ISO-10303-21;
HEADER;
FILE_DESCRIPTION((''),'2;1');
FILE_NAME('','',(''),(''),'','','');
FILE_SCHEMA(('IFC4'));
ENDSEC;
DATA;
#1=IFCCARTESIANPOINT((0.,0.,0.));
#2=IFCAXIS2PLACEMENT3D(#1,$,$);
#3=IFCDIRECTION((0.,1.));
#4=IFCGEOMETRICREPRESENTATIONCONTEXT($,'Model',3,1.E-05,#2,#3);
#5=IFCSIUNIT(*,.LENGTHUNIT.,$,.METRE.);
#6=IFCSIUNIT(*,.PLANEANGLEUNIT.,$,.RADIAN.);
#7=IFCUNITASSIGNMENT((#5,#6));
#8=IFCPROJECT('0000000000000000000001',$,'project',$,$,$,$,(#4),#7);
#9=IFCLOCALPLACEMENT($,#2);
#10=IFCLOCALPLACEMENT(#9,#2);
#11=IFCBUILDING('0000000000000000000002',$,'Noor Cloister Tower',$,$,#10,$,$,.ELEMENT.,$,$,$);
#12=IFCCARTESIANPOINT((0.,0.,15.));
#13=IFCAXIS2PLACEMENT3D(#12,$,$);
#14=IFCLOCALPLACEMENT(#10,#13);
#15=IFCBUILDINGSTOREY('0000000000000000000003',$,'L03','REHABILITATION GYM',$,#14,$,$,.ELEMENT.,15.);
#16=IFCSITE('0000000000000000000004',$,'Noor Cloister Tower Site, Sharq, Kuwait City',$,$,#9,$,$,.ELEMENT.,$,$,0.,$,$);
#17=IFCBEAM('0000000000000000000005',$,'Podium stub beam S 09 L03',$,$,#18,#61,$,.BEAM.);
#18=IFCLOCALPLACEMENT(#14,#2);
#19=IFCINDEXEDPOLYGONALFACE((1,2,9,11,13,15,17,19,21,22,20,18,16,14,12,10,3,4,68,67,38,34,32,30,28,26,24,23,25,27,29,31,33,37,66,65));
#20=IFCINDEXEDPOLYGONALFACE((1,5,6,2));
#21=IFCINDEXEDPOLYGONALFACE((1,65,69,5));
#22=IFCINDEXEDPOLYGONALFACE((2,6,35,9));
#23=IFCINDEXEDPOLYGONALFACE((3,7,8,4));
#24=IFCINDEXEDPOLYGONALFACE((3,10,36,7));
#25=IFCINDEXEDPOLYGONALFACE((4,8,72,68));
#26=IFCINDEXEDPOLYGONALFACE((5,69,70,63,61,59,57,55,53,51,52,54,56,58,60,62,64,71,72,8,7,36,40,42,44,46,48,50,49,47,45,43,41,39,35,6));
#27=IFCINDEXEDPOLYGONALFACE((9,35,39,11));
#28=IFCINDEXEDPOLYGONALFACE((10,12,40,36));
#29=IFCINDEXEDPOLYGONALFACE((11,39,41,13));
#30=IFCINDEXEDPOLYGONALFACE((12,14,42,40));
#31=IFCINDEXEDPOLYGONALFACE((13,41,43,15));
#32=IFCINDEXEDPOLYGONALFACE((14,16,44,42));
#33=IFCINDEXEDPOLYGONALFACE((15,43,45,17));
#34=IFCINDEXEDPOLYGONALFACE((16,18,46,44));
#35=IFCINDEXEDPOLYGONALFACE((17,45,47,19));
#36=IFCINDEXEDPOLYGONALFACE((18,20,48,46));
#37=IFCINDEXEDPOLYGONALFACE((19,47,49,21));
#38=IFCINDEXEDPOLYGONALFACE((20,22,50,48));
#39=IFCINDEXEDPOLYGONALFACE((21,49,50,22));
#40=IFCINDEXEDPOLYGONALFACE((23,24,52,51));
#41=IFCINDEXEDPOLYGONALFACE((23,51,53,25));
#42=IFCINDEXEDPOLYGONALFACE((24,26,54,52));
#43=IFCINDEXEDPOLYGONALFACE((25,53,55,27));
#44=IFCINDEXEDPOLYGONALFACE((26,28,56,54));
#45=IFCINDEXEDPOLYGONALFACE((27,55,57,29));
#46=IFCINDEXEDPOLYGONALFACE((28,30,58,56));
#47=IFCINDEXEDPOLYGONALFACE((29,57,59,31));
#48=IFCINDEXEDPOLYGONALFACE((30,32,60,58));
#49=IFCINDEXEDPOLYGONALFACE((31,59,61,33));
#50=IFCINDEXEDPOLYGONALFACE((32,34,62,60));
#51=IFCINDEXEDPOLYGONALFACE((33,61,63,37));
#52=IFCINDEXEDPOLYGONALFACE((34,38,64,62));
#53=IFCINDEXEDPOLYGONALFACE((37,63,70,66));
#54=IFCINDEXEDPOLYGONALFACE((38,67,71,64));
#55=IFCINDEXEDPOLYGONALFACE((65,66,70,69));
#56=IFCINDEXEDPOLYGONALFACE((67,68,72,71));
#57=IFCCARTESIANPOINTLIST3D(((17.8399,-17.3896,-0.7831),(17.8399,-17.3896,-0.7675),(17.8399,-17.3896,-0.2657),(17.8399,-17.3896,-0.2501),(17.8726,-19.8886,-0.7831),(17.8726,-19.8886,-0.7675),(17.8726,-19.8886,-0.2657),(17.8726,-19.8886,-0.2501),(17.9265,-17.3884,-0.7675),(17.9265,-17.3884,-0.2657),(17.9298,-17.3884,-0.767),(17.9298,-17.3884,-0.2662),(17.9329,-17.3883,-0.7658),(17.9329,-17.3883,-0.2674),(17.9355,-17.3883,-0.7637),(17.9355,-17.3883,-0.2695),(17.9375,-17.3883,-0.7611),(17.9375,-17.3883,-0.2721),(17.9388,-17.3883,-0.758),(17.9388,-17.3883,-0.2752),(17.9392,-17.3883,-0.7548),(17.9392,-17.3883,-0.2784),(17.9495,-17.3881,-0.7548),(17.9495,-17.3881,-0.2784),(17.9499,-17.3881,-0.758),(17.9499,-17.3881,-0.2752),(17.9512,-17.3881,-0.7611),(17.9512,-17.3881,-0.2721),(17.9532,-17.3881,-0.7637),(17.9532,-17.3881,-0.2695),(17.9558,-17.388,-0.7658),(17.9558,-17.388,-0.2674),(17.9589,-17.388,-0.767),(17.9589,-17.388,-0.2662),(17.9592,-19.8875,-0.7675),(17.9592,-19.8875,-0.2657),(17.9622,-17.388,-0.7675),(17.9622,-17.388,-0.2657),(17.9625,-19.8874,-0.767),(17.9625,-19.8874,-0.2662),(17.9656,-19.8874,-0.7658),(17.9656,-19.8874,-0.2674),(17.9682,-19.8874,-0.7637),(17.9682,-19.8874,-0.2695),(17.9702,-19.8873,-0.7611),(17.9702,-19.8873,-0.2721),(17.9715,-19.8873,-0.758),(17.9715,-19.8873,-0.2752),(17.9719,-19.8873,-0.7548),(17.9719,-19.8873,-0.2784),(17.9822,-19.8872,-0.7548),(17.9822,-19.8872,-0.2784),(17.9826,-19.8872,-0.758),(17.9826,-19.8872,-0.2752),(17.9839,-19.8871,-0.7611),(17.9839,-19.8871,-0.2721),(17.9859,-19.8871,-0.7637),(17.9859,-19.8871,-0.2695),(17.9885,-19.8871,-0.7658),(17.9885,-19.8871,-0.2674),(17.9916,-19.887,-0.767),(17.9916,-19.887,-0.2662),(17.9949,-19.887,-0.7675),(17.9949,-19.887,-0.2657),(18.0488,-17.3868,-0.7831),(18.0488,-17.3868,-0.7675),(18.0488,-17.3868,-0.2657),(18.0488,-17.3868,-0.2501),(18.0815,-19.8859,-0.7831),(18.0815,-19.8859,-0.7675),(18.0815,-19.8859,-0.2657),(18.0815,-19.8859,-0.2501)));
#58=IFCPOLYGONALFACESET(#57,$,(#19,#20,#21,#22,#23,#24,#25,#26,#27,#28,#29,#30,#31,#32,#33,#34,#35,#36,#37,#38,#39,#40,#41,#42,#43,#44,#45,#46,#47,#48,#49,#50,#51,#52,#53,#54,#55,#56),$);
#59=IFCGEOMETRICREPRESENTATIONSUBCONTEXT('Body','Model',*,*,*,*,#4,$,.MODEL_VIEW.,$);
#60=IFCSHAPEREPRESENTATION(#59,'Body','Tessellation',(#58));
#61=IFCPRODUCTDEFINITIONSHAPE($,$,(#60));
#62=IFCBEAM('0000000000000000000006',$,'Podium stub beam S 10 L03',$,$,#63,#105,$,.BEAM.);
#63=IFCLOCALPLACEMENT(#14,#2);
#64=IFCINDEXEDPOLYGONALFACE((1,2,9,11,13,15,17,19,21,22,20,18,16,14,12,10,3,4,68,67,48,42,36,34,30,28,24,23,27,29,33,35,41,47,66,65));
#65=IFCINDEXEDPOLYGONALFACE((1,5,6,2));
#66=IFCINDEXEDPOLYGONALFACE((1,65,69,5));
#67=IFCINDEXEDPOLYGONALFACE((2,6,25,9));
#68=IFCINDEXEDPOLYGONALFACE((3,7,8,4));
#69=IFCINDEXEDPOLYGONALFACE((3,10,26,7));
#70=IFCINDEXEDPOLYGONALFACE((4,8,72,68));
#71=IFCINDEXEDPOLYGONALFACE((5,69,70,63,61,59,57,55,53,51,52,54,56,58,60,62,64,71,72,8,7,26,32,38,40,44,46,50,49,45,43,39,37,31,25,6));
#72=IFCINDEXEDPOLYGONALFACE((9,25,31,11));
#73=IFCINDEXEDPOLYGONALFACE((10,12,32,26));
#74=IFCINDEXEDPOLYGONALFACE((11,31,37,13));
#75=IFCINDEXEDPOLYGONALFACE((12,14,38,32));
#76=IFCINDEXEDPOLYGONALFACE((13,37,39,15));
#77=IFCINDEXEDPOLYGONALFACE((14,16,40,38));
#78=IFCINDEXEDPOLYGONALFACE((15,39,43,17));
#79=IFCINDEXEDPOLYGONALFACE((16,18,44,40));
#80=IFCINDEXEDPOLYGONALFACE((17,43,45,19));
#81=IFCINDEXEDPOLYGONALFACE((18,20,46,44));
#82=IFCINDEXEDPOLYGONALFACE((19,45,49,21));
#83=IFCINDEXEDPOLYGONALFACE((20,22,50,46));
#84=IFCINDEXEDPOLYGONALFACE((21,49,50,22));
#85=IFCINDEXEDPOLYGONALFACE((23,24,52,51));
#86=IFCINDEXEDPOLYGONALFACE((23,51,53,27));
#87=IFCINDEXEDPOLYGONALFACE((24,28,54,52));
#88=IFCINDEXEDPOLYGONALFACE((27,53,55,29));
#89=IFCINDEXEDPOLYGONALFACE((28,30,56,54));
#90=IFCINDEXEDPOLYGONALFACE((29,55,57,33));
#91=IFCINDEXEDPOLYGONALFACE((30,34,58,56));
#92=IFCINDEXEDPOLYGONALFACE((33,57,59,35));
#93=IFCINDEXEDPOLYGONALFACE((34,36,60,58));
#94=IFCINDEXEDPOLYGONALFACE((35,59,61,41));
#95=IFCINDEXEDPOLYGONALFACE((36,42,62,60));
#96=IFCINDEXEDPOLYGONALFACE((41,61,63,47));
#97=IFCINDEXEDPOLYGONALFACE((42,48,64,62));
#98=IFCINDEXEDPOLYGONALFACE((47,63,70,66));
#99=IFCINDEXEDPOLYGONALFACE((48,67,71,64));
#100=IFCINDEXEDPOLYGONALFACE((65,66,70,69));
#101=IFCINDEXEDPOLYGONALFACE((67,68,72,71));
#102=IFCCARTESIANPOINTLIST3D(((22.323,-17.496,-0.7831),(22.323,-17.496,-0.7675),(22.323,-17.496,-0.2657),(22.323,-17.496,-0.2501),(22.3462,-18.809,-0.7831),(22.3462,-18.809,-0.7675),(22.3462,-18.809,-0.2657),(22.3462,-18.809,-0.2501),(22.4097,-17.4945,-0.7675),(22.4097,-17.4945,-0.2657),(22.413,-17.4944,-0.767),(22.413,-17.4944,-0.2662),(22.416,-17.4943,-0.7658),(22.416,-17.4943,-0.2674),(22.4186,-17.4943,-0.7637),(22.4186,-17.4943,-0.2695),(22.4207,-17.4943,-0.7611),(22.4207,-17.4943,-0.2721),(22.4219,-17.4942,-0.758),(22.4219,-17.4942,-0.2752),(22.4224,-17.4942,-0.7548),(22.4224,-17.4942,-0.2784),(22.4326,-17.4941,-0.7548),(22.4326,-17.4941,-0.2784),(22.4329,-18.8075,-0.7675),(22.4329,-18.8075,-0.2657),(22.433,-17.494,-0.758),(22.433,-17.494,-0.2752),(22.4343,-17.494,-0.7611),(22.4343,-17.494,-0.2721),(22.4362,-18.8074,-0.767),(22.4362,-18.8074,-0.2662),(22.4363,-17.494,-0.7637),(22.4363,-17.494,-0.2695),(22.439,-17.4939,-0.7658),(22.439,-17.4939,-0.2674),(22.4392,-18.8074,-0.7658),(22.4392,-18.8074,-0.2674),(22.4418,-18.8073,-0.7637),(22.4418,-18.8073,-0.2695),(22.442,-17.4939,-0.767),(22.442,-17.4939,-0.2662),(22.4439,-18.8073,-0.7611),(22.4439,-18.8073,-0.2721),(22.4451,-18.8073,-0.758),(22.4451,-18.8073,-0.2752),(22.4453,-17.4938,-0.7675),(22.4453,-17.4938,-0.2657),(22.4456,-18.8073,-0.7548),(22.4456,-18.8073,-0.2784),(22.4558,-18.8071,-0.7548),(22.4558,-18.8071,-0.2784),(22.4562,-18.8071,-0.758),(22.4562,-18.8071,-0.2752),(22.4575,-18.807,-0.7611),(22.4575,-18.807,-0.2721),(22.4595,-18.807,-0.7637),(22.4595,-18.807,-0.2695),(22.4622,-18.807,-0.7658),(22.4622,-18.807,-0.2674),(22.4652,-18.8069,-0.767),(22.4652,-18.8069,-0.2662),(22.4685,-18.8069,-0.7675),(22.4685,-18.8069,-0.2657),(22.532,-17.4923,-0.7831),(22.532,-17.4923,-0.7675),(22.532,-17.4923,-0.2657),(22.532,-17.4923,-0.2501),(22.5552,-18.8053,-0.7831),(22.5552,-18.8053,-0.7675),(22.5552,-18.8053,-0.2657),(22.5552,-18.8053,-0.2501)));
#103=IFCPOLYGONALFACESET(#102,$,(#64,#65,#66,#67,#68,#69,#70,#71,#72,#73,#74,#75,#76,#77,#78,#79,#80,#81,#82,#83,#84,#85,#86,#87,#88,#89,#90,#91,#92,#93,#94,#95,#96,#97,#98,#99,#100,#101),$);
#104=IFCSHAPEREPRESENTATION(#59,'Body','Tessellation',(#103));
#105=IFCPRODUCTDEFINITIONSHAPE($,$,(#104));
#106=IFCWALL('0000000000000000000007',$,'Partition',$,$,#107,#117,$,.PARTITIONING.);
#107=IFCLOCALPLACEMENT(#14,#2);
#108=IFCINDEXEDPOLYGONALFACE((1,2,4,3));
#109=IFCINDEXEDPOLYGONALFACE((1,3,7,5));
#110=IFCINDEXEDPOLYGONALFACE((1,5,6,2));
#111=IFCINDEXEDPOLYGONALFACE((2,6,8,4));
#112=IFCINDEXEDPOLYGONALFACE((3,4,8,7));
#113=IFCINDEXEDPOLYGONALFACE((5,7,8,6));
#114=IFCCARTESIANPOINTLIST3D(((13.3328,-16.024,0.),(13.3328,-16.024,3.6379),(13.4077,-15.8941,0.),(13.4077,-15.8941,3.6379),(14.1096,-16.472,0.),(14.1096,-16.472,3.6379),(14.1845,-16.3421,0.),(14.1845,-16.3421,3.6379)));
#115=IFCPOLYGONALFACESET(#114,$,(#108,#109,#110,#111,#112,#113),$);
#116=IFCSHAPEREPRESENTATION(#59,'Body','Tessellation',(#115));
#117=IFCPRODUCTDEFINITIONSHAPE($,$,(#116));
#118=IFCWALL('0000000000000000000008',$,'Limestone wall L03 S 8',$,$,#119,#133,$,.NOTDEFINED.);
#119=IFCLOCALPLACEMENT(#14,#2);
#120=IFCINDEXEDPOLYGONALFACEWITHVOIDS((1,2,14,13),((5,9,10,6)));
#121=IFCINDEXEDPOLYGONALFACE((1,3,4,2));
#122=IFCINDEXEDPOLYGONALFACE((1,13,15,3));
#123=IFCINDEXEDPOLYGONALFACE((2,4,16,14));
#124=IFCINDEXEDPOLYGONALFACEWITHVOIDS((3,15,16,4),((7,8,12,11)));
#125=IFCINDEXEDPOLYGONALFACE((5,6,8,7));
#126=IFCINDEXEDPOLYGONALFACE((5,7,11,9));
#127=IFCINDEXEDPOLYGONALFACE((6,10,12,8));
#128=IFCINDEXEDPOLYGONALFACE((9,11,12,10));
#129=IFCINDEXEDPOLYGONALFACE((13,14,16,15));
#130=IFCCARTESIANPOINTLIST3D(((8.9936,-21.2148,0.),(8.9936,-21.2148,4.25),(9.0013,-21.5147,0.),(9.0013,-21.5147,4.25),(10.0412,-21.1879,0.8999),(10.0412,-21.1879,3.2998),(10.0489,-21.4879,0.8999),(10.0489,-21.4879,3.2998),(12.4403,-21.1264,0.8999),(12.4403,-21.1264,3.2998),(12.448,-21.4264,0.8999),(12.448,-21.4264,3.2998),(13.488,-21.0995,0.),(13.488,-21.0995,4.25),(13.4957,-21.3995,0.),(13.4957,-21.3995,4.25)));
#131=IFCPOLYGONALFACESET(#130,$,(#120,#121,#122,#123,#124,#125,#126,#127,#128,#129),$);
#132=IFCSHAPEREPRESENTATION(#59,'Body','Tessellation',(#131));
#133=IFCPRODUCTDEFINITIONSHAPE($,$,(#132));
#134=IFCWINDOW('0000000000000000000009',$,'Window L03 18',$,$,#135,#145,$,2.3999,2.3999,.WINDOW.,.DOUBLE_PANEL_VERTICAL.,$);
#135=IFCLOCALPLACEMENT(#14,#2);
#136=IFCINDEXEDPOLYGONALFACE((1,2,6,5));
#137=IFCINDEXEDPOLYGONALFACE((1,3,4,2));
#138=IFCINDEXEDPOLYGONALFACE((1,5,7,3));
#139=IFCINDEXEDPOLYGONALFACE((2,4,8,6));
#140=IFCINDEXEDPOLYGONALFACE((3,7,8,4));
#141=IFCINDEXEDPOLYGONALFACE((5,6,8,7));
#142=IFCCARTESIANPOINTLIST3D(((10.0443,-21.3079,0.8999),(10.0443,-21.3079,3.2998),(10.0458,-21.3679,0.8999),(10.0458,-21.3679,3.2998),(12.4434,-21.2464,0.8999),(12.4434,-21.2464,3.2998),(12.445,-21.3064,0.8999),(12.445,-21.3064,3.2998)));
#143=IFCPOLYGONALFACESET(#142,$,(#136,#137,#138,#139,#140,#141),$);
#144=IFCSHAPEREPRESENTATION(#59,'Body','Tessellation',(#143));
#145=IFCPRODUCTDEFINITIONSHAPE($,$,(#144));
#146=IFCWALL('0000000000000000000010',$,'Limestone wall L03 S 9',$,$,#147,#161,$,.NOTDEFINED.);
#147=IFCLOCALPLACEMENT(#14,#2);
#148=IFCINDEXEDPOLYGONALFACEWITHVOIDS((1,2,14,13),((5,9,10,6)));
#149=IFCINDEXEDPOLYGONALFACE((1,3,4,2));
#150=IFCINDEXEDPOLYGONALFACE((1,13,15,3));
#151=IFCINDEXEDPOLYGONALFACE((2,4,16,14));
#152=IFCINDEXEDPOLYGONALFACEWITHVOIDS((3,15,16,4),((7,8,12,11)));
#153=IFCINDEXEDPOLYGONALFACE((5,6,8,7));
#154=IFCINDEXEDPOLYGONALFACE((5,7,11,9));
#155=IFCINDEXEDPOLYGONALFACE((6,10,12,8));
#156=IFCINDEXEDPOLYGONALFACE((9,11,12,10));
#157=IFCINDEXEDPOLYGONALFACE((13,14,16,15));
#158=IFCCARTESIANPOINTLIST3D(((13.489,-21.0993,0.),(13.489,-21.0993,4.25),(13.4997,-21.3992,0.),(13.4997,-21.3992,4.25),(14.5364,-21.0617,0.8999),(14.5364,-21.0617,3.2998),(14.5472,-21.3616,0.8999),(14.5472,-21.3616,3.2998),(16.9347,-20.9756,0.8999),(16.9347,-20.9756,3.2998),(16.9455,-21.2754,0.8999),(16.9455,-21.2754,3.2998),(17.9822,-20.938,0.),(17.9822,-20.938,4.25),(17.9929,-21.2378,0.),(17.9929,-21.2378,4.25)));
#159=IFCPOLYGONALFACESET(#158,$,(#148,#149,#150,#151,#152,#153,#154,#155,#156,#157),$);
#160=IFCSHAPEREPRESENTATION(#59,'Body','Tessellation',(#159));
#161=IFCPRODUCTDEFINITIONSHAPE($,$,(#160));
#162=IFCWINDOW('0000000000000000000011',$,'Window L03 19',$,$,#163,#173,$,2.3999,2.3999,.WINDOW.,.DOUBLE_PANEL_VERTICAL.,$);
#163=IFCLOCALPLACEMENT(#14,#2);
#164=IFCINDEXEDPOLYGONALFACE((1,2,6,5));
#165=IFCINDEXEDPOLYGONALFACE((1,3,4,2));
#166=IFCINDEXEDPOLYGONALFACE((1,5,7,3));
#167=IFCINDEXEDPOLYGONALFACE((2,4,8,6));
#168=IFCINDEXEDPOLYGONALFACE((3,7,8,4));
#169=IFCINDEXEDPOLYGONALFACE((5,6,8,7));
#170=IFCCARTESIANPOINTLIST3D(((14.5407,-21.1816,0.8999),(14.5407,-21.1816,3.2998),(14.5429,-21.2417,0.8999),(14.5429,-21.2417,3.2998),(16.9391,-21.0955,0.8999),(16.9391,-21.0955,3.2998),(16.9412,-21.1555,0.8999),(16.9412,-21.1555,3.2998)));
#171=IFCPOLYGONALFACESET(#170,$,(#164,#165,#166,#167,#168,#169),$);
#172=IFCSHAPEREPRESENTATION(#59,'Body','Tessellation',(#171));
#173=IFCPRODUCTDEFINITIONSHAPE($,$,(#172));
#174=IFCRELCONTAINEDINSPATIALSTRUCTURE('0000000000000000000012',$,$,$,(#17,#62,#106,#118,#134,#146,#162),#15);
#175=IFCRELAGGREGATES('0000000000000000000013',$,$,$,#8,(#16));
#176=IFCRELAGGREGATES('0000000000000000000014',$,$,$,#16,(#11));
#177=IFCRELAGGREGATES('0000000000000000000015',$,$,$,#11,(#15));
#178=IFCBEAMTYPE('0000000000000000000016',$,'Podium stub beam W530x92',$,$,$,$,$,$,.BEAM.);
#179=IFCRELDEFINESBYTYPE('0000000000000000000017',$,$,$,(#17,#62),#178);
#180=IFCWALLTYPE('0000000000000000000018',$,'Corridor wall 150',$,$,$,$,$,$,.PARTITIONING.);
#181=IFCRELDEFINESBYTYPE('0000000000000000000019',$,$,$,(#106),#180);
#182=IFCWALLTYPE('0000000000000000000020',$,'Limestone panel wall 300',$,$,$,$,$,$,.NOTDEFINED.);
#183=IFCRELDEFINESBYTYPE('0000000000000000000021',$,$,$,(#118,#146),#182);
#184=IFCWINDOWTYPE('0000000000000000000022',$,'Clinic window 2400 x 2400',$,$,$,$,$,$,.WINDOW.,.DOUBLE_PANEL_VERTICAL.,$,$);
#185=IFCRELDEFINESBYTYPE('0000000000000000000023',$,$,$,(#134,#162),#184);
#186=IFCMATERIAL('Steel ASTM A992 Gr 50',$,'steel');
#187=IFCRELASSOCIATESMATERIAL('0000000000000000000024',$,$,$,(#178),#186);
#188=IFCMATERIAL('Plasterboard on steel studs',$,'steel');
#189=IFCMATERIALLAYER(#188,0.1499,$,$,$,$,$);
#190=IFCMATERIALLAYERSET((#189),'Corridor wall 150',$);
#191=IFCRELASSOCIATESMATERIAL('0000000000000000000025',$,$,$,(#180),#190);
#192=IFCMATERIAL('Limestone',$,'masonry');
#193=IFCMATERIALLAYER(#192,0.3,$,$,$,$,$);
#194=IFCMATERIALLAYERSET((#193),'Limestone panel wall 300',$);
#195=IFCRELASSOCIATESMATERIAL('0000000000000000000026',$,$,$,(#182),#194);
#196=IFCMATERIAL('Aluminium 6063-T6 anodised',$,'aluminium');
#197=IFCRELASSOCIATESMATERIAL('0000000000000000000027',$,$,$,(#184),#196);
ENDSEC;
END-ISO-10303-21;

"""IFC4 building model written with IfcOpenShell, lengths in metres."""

from ifc_helpers import new_model, si_unit, direction, frame, frame_2d, origin, origin_2d, place, context, subcontext, project, spatial, rectangle, i_section, extrude, material, layer, layer_set, material_profile, profile_set, type_object, element, fill, save


model = new_model("IFC4")

# Units and contexts
model_context = context("Model", 3, precision=1e-05, world=origin(), true_north=direction((0.0, 1.0)))
body_context = subcontext(model_context, "Body", "Model", "MODEL_VIEW")
ifc_project = project(units=[si_unit("LENGTHUNIT", "METRE"), si_unit("PLANEANGLEUNIT", "RADIAN")], contexts=[model_context])

# Site, building, storey
site_placement = place(None, origin())
site = spatial("IfcSite", under=ifc_project, at=site_placement, Name="Noor Cloister Tower Site, Sharq, Kuwait City", CompositionType="ELEMENT", RefElevation=0.0)
building_placement = place(site_placement, origin())
building = spatial("IfcBuilding", under=site, at=building_placement, Name="Noor Cloister Tower", CompositionType="ELEMENT")
storey_placement = place(building_placement, frame((0.0, 0.0, 15.0)))
storey = spatial("IfcBuildingStorey", under=building, at=storey_placement, Name="L03", Description="REHABILITATION GYM", CompositionType="ELEMENT", Elevation=15.0)

# Beams
ifc_material_1 = material(Name="Steel ASTM A992 Gr 50", Category="steel")
ifc_material_profile_1 = material_profile(ifc_material_1, i_section(OverallWidth=0.209, OverallDepth=0.533, WebThickness=0.0103, FlangeThickness=0.0156, FilletRadius=0.0127, at=origin_2d()), Name="W530x92")
ifc_profile_set_1 = profile_set([ifc_material_profile_1], Name="Steel ASTM A992 Gr 50")
beam_type_1 = type_object("IfcBeamType", Name="Podium stub beam W530x92", PredefinedType="BEAM", material=ifc_profile_set_1)
beam_1_placement = place(storey_placement, frame((17.9443, -17.3882, -0.5166), z_axis=(0.01309, -0.999914, 0.0), x_axis=(0.999914, 0.01309, 0.0)))
element("IfcBeam", 1, at=beam_1_placement, inside=storey, type_object=beam_type_1, Name="Podium stub beam S 09 L03", PredefinedType="BEAM", context=body_context, shape_type="SweptSolid", body=[
    extrude(i_section(OverallWidth=0.209, OverallDepth=0.533, WebThickness=0.0103, FlangeThickness=0.0156, FilletRadius=0.0127, at=origin_2d()), origin(), (0.0, 0.0, 1.0), 2.4993),
])
beam_2_placement = place(storey_placement, frame((22.4275, -17.4941, -0.5166), z_axis=(0.017662, -0.999844, 0.0), x_axis=(0.999844, 0.017662, 0.0)))
element("IfcBeam", 2, at=beam_2_placement, inside=storey, type_object=beam_type_1, Name="Podium stub beam S 10 L03", PredefinedType="BEAM", context=body_context, shape_type="SweptSolid", body=[
    extrude(i_section(OverallWidth=0.209, OverallDepth=0.533, WebThickness=0.0103, FlangeThickness=0.0156, FilletRadius=0.0127, at=origin_2d()), origin(), (0.0, 0.0, 1.0), 1.3132),
])

# Wall
ifc_material_2 = material(Name="Plasterboard on steel studs", Category="steel")
ifc_layer_1 = layer(ifc_material_2, 0.1499)
ifc_layer_set_1 = layer_set([ifc_layer_1], Name="Corridor wall 150")
wall_type_1 = type_object("IfcWallType", Name="Corridor wall 150", PredefinedType="PARTITIONING", material=ifc_layer_set_1)
wall_1_placement = place(storey_placement, frame((14.147, -16.407, 0.0), z_axis=(0.0, 0.0, 1.0), x_axis=(-0.866276, 0.499565, 0.0)))
element("IfcWall", 3, at=wall_1_placement, inside=storey, type_object=wall_type_1, Name="Partition", PredefinedType="PARTITIONING", context=body_context, shape_type="SweptSolid", body=[
    extrude(rectangle(XDim=0.8967, YDim=0.1499, at=frame_2d((0.4482, 0.0))), origin(), (0.0, 0.0, 1.0), 3.6379),
])

# Walls, openings, windows
ifc_material_3 = material(Name="Limestone", Category="masonry")
ifc_layer_2 = layer(ifc_material_3, 0.3)
ifc_layer_set_2 = layer_set([ifc_layer_2], Name="Limestone panel wall 300")
wall_type_2 = type_object("IfcWallType", Name="Limestone panel wall 300", PredefinedType="NOTDEFINED", material=ifc_layer_set_2)
wall_2_placement = place(storey_placement, frame((13.4919, -21.2495, 0.0), z_axis=(0.0, 0.0, 1.0), x_axis=(-0.999671, -0.025631, 0.0)))
wall_2 = element("IfcWall", 4, at=wall_2_placement, inside=storey, type_object=wall_type_2, Name="Limestone wall L03 S 8", PredefinedType="NOTDEFINED", context=body_context, shape_type="SweptSolid", body=[
    extrude(rectangle(XDim=4.4958, YDim=0.3, at=frame_2d((2.248, 0.0))), origin(), (0.0, 0.0, 1.0), 4.25),
])
opening_1_placement = place(wall_2_placement, frame((1.0481, 0.0, 0.8999)))
opening_1 = element("IfcOpeningElement", 5, at=opening_1_placement, cuts=wall_2, PredefinedType="OPENING", context=body_context, shape_type="SweptSolid", body=[
    extrude(rectangle(XDim=2.3999, YDim=2.3999, at=frame_2d((1.2, 1.2))), frame((0.0, 0.1602, 0.0), z_axis=(0.0, -1.0, 0.0), x_axis=(1.0, 0.0, 0.0)), (0.0, 0.0, 1.0), 0.3201),
])
ifc_material_4 = material(Name="Aluminium 6063-T6 anodised", Category="aluminium")
window_type_1 = type_object("IfcWindowType", Name="Clinic window 2400 x 2400", PartitioningType="DOUBLE_PANEL_VERTICAL", PredefinedType="WINDOW", material=ifc_material_4)
window_1_placement = place(opening_1_placement, origin())
window_1 = element("IfcWindow", 6, at=window_1_placement, inside=storey, type_object=window_type_1, Name="Window L03 18", OverallHeight=2.3999, OverallWidth=2.3999, PartitioningType="DOUBLE_PANEL_VERTICAL", PredefinedType="WINDOW", context=body_context, shape_type="SweptSolid", body=[
    extrude(rectangle(XDim=2.3999, YDim=2.3999, at=frame_2d((1.2, 1.2))), frame((0.0, 0.03, 0.0), z_axis=(0.0, -1.0, 0.0), x_axis=(1.0, 0.0, 0.0)), (0.0, 0.0, 1.0), 0.0601),
])
fill(opening_1, window_1)
wall_3_placement = place(storey_placement, frame((17.9875, -21.0879, 0.0), z_axis=(0.0, 0.0, 1.0), x_axis=(-0.999356, -0.035893, 0.0)))
wall_3 = element("IfcWall", 7, at=wall_3_placement, inside=storey, type_object=wall_type_2, Name="Limestone wall L03 S 9", PredefinedType="NOTDEFINED", context=body_context, shape_type="SweptSolid", body=[
    extrude(rectangle(XDim=4.4961, YDim=0.3, at=frame_2d((2.248, 0.0))), origin(), (0.0, 0.0, 1.0), 4.25),
])
opening_2_placement = place(wall_3_placement, frame((1.0481, 0.0, 0.8999)))
opening_2 = element("IfcOpeningElement", 8, at=opening_2_placement, cuts=wall_3, PredefinedType="OPENING", context=body_context, shape_type="SweptSolid", body=[
    extrude(rectangle(XDim=2.3999, YDim=2.3999, at=frame_2d((1.2, 1.2))), frame((0.0, 0.1602, 0.0), z_axis=(0.0, -1.0, 0.0), x_axis=(1.0, 0.0, 0.0)), (0.0, 0.0, 1.0), 0.3201),
])
window_2_placement = place(opening_2_placement, origin())
window_2 = element("IfcWindow", 9, at=window_2_placement, inside=storey, type_object=window_type_1, Name="Window L03 19", OverallHeight=2.3999, OverallWidth=2.3999, PartitioningType="DOUBLE_PANEL_VERTICAL", PredefinedType="WINDOW", context=body_context, shape_type="SweptSolid", body=[
    extrude(rectangle(XDim=2.3999, YDim=2.3999, at=frame_2d((1.2, 1.2))), frame((0.0, 0.03, 0.0), z_axis=(0.0, -1.0, 0.0), x_axis=(1.0, 0.0, 0.0)), (0.0, 0.0, 1.0), 0.0601),
])
fill(opening_2, window_2)

save(model, "model.ifc")
